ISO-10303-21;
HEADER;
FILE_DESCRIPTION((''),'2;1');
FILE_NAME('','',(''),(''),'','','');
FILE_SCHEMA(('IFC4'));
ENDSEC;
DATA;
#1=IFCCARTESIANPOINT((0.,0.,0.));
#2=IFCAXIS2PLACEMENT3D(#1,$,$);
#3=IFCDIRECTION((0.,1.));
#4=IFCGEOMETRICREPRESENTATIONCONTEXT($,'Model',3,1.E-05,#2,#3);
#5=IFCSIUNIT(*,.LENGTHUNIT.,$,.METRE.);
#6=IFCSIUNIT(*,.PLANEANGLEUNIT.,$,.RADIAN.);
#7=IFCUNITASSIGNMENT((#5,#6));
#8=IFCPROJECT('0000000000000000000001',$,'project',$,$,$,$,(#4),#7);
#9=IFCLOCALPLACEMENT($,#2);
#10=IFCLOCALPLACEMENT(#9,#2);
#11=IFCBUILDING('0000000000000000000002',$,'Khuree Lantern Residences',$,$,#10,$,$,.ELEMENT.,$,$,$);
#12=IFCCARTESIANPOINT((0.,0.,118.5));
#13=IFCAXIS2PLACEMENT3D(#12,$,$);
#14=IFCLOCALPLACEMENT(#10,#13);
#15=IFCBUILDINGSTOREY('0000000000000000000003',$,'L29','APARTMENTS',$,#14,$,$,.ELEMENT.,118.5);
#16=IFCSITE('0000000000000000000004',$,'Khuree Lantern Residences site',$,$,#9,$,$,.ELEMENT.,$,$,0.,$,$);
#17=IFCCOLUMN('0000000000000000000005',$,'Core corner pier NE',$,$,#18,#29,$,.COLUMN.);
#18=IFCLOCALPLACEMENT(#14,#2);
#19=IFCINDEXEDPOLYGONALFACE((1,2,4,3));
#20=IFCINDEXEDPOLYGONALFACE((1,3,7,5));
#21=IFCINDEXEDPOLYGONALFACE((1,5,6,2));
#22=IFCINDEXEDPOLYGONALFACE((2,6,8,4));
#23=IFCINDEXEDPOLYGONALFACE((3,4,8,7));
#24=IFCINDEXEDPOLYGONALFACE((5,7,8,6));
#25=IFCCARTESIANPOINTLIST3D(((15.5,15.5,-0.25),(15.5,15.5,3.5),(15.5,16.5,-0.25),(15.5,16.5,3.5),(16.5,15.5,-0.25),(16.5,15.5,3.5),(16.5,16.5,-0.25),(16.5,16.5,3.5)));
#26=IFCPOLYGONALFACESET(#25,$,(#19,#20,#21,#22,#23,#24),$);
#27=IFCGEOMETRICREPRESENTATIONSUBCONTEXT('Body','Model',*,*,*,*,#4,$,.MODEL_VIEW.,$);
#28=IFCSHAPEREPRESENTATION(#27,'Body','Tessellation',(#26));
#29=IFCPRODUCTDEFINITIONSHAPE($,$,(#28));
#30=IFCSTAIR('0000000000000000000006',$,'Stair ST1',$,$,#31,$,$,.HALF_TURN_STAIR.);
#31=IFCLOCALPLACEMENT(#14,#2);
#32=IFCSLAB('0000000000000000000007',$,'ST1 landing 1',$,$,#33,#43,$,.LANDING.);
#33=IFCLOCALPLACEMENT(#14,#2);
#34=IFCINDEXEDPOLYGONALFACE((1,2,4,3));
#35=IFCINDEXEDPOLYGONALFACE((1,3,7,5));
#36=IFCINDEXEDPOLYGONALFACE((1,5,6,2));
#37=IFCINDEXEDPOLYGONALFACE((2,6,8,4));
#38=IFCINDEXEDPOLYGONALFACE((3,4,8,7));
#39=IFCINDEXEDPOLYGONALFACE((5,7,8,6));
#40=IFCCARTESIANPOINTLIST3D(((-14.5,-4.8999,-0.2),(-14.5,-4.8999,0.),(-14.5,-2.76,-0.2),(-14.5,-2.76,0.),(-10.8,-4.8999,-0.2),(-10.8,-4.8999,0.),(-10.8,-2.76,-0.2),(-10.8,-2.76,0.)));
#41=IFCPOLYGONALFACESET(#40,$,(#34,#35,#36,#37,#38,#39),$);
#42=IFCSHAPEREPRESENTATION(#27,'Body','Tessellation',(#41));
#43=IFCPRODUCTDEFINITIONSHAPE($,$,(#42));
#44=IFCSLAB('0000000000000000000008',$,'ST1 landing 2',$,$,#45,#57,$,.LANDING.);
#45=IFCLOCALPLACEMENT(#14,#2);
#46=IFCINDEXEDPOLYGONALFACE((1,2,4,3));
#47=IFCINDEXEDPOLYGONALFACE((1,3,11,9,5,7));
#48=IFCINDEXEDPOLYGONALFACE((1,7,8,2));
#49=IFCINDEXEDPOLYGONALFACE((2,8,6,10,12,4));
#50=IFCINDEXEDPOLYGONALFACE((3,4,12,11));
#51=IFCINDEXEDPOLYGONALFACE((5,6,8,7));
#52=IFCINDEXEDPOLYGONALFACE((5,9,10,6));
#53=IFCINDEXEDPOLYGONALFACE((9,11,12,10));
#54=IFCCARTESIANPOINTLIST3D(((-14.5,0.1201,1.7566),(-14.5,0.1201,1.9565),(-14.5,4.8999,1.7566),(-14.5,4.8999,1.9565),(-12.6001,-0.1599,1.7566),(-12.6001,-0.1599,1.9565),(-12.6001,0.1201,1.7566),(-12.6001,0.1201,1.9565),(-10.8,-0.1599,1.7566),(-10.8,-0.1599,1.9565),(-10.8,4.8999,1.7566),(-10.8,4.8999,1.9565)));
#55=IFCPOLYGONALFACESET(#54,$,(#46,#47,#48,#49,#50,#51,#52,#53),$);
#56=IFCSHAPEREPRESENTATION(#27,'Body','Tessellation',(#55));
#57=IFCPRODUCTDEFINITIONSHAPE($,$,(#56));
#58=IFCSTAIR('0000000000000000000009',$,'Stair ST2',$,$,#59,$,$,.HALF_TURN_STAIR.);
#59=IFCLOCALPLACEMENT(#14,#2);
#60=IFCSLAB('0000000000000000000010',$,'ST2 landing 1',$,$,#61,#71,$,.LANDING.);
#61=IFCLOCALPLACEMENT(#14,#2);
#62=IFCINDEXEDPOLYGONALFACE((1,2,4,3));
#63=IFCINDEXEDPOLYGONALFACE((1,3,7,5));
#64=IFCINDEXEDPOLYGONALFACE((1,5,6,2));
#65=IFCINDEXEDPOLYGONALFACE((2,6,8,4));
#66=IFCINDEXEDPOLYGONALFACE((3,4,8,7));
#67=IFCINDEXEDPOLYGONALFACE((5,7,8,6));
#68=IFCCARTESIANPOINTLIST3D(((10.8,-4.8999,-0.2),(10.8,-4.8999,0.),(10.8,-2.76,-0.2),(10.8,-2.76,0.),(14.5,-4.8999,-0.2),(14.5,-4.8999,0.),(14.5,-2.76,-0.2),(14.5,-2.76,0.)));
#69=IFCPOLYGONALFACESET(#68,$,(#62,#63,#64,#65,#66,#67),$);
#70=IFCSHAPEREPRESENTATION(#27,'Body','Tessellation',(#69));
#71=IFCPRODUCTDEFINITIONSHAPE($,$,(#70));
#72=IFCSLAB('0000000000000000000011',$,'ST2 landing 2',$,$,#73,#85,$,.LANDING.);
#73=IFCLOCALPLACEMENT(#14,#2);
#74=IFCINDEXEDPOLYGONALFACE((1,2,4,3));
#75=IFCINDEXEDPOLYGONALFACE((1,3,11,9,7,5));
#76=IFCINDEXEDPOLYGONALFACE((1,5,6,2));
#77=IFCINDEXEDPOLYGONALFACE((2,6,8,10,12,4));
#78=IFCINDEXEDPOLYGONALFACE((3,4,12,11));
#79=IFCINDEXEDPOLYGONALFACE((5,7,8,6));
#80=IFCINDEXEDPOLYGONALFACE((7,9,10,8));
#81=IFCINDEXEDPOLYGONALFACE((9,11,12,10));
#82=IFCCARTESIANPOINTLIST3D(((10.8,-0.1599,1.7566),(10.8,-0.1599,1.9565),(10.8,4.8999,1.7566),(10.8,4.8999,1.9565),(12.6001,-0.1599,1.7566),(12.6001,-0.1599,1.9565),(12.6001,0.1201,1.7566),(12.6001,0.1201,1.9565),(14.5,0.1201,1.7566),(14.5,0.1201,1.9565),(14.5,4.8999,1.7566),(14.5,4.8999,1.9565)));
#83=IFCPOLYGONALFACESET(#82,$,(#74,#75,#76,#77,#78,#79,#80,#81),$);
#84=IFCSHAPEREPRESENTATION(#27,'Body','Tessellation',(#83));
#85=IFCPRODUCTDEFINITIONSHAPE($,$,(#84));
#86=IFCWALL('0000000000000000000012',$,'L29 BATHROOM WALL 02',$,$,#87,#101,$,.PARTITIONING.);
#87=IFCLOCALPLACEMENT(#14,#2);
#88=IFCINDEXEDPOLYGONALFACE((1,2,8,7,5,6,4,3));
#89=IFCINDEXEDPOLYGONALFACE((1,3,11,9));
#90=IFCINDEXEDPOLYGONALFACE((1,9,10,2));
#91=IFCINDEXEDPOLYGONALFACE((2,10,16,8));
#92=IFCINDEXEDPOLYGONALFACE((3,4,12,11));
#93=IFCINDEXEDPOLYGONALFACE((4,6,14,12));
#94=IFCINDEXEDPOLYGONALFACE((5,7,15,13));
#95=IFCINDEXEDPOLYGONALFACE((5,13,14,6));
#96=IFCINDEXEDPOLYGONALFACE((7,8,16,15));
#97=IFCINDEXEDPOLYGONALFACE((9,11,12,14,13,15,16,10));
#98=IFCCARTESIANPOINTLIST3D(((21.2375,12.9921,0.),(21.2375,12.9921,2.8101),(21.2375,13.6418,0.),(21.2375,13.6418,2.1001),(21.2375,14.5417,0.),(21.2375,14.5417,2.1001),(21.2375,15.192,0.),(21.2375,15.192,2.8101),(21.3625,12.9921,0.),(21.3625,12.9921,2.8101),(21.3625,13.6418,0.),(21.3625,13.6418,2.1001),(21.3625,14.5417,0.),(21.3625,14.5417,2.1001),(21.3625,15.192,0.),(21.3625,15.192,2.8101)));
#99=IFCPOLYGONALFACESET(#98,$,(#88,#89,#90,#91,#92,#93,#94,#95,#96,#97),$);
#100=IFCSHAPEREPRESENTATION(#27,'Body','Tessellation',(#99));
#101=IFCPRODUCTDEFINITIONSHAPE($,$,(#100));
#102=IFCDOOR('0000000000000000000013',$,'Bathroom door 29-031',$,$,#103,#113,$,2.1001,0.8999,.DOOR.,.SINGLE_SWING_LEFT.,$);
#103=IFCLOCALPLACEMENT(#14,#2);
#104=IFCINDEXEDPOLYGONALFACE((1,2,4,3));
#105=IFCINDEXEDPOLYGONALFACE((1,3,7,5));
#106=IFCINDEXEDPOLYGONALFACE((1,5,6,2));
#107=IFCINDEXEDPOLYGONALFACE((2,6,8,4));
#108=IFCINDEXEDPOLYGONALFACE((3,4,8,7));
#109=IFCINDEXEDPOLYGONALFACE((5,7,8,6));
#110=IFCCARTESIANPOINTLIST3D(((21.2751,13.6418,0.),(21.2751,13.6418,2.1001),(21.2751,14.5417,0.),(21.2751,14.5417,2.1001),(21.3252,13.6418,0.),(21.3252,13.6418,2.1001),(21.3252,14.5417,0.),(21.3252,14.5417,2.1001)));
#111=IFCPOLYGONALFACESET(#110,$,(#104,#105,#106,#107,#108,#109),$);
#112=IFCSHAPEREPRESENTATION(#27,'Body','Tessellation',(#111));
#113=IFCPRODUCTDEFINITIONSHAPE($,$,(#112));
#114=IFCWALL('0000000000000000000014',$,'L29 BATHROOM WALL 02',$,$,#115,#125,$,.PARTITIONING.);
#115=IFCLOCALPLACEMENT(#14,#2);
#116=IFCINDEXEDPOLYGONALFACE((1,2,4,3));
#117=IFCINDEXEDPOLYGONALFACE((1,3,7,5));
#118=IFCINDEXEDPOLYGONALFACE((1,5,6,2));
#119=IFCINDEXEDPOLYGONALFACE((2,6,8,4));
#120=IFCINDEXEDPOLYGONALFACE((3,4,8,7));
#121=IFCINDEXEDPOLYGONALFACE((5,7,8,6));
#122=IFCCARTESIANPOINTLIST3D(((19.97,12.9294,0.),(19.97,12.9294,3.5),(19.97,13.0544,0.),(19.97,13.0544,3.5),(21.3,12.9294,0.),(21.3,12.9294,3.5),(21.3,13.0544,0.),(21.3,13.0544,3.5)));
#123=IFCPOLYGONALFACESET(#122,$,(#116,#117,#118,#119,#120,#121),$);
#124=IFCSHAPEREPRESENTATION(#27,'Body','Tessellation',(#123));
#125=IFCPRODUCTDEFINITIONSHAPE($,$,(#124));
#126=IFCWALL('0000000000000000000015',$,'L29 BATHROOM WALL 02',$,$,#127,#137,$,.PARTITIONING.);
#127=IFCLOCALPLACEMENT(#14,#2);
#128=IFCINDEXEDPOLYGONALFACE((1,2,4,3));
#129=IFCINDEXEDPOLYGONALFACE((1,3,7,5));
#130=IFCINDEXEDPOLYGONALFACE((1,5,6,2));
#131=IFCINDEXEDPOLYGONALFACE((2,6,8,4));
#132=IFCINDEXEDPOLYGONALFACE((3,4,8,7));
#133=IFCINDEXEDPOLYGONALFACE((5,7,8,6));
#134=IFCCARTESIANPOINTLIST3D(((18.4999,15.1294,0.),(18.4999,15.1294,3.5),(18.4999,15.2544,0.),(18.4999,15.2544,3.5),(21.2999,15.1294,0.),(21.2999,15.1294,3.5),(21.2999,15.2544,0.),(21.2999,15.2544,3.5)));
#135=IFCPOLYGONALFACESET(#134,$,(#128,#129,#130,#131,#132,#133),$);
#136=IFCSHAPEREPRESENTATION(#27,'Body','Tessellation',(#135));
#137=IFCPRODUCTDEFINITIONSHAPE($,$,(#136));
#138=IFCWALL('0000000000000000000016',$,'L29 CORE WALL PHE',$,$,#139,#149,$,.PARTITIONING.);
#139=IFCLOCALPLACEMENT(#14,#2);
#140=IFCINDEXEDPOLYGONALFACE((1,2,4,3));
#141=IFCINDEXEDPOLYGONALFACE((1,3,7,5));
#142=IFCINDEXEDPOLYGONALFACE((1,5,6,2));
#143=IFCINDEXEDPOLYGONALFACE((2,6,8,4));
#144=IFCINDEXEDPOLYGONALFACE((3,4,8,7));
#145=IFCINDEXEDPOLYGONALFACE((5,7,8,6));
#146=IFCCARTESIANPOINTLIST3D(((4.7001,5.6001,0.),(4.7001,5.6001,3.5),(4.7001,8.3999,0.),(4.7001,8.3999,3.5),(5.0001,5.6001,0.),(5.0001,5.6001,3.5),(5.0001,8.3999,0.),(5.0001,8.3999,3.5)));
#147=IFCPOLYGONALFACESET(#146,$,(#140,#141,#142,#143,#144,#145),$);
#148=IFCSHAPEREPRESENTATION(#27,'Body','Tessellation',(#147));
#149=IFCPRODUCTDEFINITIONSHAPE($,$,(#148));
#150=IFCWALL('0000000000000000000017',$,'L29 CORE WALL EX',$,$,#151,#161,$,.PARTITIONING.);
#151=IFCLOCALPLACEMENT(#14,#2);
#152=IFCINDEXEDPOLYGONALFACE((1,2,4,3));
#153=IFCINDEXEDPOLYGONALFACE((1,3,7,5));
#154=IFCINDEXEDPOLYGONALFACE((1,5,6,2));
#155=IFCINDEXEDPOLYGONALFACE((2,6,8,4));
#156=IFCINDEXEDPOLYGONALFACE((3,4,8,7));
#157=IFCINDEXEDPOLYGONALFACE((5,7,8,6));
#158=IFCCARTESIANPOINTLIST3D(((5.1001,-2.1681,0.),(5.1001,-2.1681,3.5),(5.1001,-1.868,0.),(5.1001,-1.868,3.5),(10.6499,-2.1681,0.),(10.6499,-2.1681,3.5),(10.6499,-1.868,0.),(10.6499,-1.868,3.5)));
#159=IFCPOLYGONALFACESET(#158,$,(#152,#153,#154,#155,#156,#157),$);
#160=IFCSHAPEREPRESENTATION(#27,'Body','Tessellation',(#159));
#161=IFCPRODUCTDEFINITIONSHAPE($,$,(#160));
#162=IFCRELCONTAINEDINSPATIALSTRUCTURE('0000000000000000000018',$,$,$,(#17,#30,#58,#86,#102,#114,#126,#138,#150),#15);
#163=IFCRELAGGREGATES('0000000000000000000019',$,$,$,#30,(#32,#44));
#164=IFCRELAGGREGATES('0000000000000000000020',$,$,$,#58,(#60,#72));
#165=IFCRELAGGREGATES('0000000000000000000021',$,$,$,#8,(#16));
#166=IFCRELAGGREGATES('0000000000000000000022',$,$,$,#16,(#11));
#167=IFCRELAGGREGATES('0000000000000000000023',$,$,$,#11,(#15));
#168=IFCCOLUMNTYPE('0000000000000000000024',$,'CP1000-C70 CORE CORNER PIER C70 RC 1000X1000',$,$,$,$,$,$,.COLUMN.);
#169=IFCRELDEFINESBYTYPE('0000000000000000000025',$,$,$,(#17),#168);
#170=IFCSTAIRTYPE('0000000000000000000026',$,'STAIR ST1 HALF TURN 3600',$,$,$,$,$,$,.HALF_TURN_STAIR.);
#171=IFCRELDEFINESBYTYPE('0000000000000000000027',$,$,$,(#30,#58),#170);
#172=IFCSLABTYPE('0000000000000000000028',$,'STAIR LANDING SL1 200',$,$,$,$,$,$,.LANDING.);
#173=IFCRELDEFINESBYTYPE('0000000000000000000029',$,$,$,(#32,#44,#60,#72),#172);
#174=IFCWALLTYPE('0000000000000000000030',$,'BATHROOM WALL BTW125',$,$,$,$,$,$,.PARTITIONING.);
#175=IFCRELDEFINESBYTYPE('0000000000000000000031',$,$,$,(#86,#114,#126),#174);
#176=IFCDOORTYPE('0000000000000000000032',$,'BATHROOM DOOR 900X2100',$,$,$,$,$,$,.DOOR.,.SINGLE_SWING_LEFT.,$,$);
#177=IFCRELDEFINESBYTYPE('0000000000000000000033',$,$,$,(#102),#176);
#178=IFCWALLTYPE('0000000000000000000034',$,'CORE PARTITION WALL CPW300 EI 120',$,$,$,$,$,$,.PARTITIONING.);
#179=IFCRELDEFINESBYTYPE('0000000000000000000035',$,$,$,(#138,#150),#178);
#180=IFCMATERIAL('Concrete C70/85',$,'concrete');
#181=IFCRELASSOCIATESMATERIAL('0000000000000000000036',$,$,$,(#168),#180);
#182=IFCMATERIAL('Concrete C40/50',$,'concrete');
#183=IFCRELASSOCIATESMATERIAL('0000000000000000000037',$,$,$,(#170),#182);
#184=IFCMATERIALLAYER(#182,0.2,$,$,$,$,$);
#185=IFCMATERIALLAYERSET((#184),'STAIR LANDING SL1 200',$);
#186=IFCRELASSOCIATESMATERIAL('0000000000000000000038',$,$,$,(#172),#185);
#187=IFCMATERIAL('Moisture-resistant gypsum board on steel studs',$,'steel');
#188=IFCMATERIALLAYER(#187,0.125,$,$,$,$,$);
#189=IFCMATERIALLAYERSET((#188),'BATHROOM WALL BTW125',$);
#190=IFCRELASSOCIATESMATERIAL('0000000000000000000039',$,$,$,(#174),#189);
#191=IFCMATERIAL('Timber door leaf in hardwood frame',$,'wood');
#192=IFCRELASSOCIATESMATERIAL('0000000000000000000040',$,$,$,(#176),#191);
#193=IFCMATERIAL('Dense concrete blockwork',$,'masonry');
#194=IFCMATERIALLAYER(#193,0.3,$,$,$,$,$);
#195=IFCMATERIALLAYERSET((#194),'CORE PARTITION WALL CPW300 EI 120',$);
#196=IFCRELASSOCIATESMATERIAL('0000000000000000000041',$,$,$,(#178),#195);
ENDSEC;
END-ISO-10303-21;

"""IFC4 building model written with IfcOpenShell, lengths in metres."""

from ifc_helpers import new_model, si_unit, direction, frame, frame_2d, origin, origin_2d, place, context, subcontext, project, spatial, polyline, rectangle, outline, extrude, material, layer, layer_set, material_profile, profile_set, type_object, element, fill, aggregate, save


model = new_model("IFC4")

# Units and contexts
model_context = context("Model", 3, precision=1e-05, world=origin(), true_north=direction((0.0, 1.0)))
body_context = subcontext(model_context, "Body", "Model", "MODEL_VIEW")
ifc_project = project(units=[si_unit("LENGTHUNIT", "METRE"), si_unit("PLANEANGLEUNIT", "RADIAN")], contexts=[model_context])

# Site, building, storey
site_placement = place(None, origin())
site = spatial("IfcSite", under=ifc_project, at=site_placement, Name="Khuree Lantern Residences site", CompositionType="ELEMENT", RefElevation=0.0)
building_placement = place(site_placement, origin())
building = spatial("IfcBuilding", under=site, at=building_placement, Name="Khuree Lantern Residences", CompositionType="ELEMENT")
storey_placement = place(building_placement, frame((0.0, 0.0, 118.5)))
storey = spatial("IfcBuildingStorey", under=building, at=storey_placement, Name="L29", Description="APARTMENTS", CompositionType="ELEMENT", Elevation=118.5)

# Column
ifc_material_1 = material(Name="Concrete C70/85", Category="concrete")
ifc_material_profile = material_profile(ifc_material_1, rectangle(XDim=1.0, YDim=1.0, at=origin_2d()), Name="RC 1000X1000")
ifc_profile_set = profile_set([ifc_material_profile], Name="Concrete C70/85")
column_type = type_object("IfcColumnType", Name="CP1000-C70 CORE CORNER PIER C70 RC 1000X1000", PredefinedType="COLUMN", material=ifc_profile_set)
column_placement = place(storey_placement, frame((16.0, 16.0, -0.25), z_axis=(0.0, 0.0, 1.0), x_axis=(1.0, 0.0, 0.0)))
element("IfcColumn", 1, at=column_placement, inside=storey, type_object=column_type, Name="Core corner pier NE", PredefinedType="COLUMN", context=body_context, shape_type="SweptSolid", body=[
    extrude(rectangle(XDim=1.0, YDim=1.0, at=origin_2d()), origin(), (0.0, 0.0, 1.0), 3.75),
])

# Stairs, slabs
ifc_material_2 = material(Name="Concrete C40/50", Category="concrete")
stair_type = type_object("IfcStairType", Name="STAIR ST1 HALF TURN 3600", PredefinedType="HALF_TURN_STAIR", material=ifc_material_2)
stair_1_placement = place(storey_placement, origin())
stair_1 = element("IfcStair", 2, at=stair_1_placement, inside=storey, type_object=stair_type, Name="Stair ST1", PredefinedType="HALF_TURN_STAIR")
ifc_layer_1 = layer(ifc_material_2, 0.2)
ifc_layer_set_1 = layer_set([ifc_layer_1], Name="STAIR LANDING SL1 200")
slab_type = type_object("IfcSlabType", Name="STAIR LANDING SL1 200", PredefinedType="LANDING", material=ifc_layer_set_1)
slab_1_placement = place(storey_placement, frame((0.0, 0.0, -0.2)))
slab_1 = element("IfcSlab", 3, at=slab_1_placement, type_object=slab_type, Name="ST1 landing 1", PredefinedType="LANDING", context=body_context, shape_type="SweptSolid", body=[
    extrude(outline(polyline([(-14.5, -4.8999), (-10.8, -4.8999), (-10.8, -2.76), (-14.5, -2.76), (-14.5, -4.8999)])), origin(), (0.0, 0.0, 1.0), 0.2),
])
slab_2_placement = place(storey_placement, frame((0.0, 0.0, 1.7566)))
slab_2 = element("IfcSlab", 4, at=slab_2_placement, type_object=slab_type, Name="ST1 landing 2", PredefinedType="LANDING", context=body_context, shape_type="SweptSolid", body=[
    extrude(outline(polyline([(-14.5, 0.1201), (-14.5, 4.8999), (-10.8, 4.8999), (-10.8, -0.1599), (-12.6001, -0.1599), (-12.6001, 0.1201), (-14.5, 0.1201)])), origin(), (0.0, 0.0, 1.0), 0.2),
])
aggregate(stair_1, [slab_1, slab_2])
stair_2_placement = place(storey_placement, origin())
stair_2 = element("IfcStair", 5, at=stair_2_placement, inside=storey, type_object=stair_type, Name="Stair ST2", PredefinedType="HALF_TURN_STAIR")
slab_3_placement = place(storey_placement, frame((0.0, 0.0, -0.2)))
slab_3 = element("IfcSlab", 6, at=slab_3_placement, type_object=slab_type, Name="ST2 landing 1", PredefinedType="LANDING", context=body_context, shape_type="SweptSolid", body=[
    extrude(outline(polyline([(10.8, -4.8999), (14.5, -4.8999), (14.5, -2.76), (10.8, -2.76), (10.8, -4.8999)])), origin(), (0.0, 0.0, 1.0), 0.2),
])
slab_4_placement = place(storey_placement, frame((0.0, 0.0, 1.7566)))
slab_4 = element("IfcSlab", 7, at=slab_4_placement, type_object=slab_type, Name="ST2 landing 2", PredefinedType="LANDING", context=body_context, shape_type="SweptSolid", body=[
    extrude(outline(polyline([(14.5, 4.8999), (14.5, 0.1201), (12.6001, 0.1201), (12.6001, -0.1599), (10.8, -0.1599), (10.8, 4.8999), (14.5, 4.8999)])), origin(), (0.0, 0.0, 1.0), 0.2),
])

# Wall, opening, door
ifc_material_3 = material(Name="Moisture-resistant gypsum board on steel studs", Category="steel")
ifc_layer_2 = layer(ifc_material_3, 0.125)
ifc_layer_set_2 = layer_set([ifc_layer_2], Name="BATHROOM WALL BTW125")
wall_type_1 = type_object("IfcWallType", Name="BATHROOM WALL BTW125", PredefinedType="PARTITIONING", material=ifc_layer_set_2)
wall_1_placement = place(storey_placement, frame((21.3, 12.9919, 0.0), z_axis=(0.0, 0.0, 1.0), x_axis=(0.0, 1.0, 0.0)))
wall_1 = element("IfcWall", 8, at=wall_1_placement, inside=storey, type_object=wall_type_1, Name="L29 BATHROOM WALL 02", PredefinedType="PARTITIONING", context=body_context, shape_type="SweptSolid", body=[
    extrude(rectangle(XDim=2.2, YDim=0.125, at=frame_2d((1.1001, 0.0))), origin(), (0.0, 0.0, 1.0), 2.8101),
])
opening_1_placement = place(wall_1_placement, frame((0.6499, 0.0, 0.0)))
opening_1 = element("IfcOpeningElement", 9, at=opening_1_placement, cuts=wall_1, PredefinedType="OPENING", context=body_context, shape_type="SweptSolid", body=[
    extrude(rectangle(XDim=0.8999, YDim=2.1001, at=frame_2d((0.45, 1.05))), frame((0.0, 0.0725, 0.0), z_axis=(0.0, -1.0, 0.0), x_axis=(1.0, 0.0, 0.0)), (0.0, 0.0, 1.0), 0.145),
])
ifc_material_4 = material(Name="Timber door leaf in hardwood frame", Category="wood")
door_type_1 = type_object("IfcDoorType", Name="BATHROOM DOOR 900X2100", OperationType="SINGLE_SWING_LEFT", PredefinedType="DOOR", material=ifc_material_4)
door_1_placement = place(opening_1_placement, origin())
door_1 = element("IfcDoor", 10, at=door_1_placement, inside=storey, type_object=door_type_1, Name="Bathroom door 29-031", OperationType="SINGLE_SWING_LEFT", OverallHeight=2.1001, OverallWidth=0.8999, PredefinedType="DOOR", context=body_context, shape_type="SweptSolid", body=[
    extrude(rectangle(XDim=0.8999, YDim=2.1001, at=frame_2d((0.45, 1.05))), frame((0.0, 0.0249, 0.0), z_axis=(0.0, -1.0, 0.0), x_axis=(1.0, 0.0, 0.0)), (0.0, 0.0, 1.0), 0.05),
])
fill(opening_1, door_1)

# Walls
wall_2_placement = place(storey_placement, frame((19.97, 12.9919, 0.0), z_axis=(0.0, 0.0, 1.0), x_axis=(1.0, 0.0, 0.0)))
element("IfcWall", 11, at=wall_2_placement, inside=storey, type_object=wall_type_1, Name="L29 BATHROOM WALL 02", PredefinedType="PARTITIONING", context=body_context, shape_type="SweptSolid", body=[
    extrude(rectangle(XDim=1.3301, YDim=0.125, at=frame_2d((0.665, 0.0))), origin(), (0.0, 0.0, 1.0), 3.5),
])
wall_3_placement = place(storey_placement, frame((18.5, 15.1919, 0.0), z_axis=(0.0, 0.0, 1.0), x_axis=(1.0, 0.0, 0.0)))
element("IfcWall", 12, at=wall_3_placement, inside=storey, type_object=wall_type_1, Name="L29 BATHROOM WALL 02", PredefinedType="PARTITIONING", context=body_context, shape_type="SweptSolid", body=[
    extrude(rectangle(XDim=2.8, YDim=0.125, at=frame_2d((1.3999, 0.0))), origin(), (0.0, 0.0, 1.0), 3.5),
])
ifc_material_5 = material(Name="Dense concrete blockwork", Category="masonry")
ifc_layer_3 = layer(ifc_material_5, 0.3)
ifc_layer_set_3 = layer_set([ifc_layer_3], Name="CORE PARTITION WALL CPW300 EI 120")
wall_type_2 = type_object("IfcWallType", Name="CORE PARTITION WALL CPW300 EI 120", PredefinedType="PARTITIONING", material=ifc_layer_set_3)
wall_4_placement = place(storey_placement, frame((4.8501, 5.6001, 0.0), z_axis=(0.0, 0.0, 1.0), x_axis=(0.0, 1.0, 0.0)))
element("IfcWall", 13, at=wall_4_placement, inside=storey, type_object=wall_type_2, Name="L29 CORE WALL PHE", PredefinedType="PARTITIONING", context=body_context, shape_type="SweptSolid", body=[
    extrude(rectangle(XDim=2.7998, YDim=0.3, at=frame_2d((1.3999, 0.0))), origin(), (0.0, 0.0, 1.0), 3.5),
])
wall_5_placement = place(storey_placement, frame((10.6499, -2.0181, 0.0), z_axis=(0.0, 0.0, 1.0), x_axis=(-1.0, 0.0, 0.0)))
element("IfcWall", 14, at=wall_5_placement, inside=storey, type_object=wall_type_2, Name="L29 CORE WALL EX", PredefinedType="PARTITIONING", context=body_context, shape_type="SweptSolid", body=[
    extrude(rectangle(XDim=5.5498, YDim=0.3, at=frame_2d((2.7749, 0.0))), origin(), (0.0, 0.0, 1.0), 3.5),
])

aggregate(stair_2, [slab_3, slab_4])

save(model, "model.ifc")
